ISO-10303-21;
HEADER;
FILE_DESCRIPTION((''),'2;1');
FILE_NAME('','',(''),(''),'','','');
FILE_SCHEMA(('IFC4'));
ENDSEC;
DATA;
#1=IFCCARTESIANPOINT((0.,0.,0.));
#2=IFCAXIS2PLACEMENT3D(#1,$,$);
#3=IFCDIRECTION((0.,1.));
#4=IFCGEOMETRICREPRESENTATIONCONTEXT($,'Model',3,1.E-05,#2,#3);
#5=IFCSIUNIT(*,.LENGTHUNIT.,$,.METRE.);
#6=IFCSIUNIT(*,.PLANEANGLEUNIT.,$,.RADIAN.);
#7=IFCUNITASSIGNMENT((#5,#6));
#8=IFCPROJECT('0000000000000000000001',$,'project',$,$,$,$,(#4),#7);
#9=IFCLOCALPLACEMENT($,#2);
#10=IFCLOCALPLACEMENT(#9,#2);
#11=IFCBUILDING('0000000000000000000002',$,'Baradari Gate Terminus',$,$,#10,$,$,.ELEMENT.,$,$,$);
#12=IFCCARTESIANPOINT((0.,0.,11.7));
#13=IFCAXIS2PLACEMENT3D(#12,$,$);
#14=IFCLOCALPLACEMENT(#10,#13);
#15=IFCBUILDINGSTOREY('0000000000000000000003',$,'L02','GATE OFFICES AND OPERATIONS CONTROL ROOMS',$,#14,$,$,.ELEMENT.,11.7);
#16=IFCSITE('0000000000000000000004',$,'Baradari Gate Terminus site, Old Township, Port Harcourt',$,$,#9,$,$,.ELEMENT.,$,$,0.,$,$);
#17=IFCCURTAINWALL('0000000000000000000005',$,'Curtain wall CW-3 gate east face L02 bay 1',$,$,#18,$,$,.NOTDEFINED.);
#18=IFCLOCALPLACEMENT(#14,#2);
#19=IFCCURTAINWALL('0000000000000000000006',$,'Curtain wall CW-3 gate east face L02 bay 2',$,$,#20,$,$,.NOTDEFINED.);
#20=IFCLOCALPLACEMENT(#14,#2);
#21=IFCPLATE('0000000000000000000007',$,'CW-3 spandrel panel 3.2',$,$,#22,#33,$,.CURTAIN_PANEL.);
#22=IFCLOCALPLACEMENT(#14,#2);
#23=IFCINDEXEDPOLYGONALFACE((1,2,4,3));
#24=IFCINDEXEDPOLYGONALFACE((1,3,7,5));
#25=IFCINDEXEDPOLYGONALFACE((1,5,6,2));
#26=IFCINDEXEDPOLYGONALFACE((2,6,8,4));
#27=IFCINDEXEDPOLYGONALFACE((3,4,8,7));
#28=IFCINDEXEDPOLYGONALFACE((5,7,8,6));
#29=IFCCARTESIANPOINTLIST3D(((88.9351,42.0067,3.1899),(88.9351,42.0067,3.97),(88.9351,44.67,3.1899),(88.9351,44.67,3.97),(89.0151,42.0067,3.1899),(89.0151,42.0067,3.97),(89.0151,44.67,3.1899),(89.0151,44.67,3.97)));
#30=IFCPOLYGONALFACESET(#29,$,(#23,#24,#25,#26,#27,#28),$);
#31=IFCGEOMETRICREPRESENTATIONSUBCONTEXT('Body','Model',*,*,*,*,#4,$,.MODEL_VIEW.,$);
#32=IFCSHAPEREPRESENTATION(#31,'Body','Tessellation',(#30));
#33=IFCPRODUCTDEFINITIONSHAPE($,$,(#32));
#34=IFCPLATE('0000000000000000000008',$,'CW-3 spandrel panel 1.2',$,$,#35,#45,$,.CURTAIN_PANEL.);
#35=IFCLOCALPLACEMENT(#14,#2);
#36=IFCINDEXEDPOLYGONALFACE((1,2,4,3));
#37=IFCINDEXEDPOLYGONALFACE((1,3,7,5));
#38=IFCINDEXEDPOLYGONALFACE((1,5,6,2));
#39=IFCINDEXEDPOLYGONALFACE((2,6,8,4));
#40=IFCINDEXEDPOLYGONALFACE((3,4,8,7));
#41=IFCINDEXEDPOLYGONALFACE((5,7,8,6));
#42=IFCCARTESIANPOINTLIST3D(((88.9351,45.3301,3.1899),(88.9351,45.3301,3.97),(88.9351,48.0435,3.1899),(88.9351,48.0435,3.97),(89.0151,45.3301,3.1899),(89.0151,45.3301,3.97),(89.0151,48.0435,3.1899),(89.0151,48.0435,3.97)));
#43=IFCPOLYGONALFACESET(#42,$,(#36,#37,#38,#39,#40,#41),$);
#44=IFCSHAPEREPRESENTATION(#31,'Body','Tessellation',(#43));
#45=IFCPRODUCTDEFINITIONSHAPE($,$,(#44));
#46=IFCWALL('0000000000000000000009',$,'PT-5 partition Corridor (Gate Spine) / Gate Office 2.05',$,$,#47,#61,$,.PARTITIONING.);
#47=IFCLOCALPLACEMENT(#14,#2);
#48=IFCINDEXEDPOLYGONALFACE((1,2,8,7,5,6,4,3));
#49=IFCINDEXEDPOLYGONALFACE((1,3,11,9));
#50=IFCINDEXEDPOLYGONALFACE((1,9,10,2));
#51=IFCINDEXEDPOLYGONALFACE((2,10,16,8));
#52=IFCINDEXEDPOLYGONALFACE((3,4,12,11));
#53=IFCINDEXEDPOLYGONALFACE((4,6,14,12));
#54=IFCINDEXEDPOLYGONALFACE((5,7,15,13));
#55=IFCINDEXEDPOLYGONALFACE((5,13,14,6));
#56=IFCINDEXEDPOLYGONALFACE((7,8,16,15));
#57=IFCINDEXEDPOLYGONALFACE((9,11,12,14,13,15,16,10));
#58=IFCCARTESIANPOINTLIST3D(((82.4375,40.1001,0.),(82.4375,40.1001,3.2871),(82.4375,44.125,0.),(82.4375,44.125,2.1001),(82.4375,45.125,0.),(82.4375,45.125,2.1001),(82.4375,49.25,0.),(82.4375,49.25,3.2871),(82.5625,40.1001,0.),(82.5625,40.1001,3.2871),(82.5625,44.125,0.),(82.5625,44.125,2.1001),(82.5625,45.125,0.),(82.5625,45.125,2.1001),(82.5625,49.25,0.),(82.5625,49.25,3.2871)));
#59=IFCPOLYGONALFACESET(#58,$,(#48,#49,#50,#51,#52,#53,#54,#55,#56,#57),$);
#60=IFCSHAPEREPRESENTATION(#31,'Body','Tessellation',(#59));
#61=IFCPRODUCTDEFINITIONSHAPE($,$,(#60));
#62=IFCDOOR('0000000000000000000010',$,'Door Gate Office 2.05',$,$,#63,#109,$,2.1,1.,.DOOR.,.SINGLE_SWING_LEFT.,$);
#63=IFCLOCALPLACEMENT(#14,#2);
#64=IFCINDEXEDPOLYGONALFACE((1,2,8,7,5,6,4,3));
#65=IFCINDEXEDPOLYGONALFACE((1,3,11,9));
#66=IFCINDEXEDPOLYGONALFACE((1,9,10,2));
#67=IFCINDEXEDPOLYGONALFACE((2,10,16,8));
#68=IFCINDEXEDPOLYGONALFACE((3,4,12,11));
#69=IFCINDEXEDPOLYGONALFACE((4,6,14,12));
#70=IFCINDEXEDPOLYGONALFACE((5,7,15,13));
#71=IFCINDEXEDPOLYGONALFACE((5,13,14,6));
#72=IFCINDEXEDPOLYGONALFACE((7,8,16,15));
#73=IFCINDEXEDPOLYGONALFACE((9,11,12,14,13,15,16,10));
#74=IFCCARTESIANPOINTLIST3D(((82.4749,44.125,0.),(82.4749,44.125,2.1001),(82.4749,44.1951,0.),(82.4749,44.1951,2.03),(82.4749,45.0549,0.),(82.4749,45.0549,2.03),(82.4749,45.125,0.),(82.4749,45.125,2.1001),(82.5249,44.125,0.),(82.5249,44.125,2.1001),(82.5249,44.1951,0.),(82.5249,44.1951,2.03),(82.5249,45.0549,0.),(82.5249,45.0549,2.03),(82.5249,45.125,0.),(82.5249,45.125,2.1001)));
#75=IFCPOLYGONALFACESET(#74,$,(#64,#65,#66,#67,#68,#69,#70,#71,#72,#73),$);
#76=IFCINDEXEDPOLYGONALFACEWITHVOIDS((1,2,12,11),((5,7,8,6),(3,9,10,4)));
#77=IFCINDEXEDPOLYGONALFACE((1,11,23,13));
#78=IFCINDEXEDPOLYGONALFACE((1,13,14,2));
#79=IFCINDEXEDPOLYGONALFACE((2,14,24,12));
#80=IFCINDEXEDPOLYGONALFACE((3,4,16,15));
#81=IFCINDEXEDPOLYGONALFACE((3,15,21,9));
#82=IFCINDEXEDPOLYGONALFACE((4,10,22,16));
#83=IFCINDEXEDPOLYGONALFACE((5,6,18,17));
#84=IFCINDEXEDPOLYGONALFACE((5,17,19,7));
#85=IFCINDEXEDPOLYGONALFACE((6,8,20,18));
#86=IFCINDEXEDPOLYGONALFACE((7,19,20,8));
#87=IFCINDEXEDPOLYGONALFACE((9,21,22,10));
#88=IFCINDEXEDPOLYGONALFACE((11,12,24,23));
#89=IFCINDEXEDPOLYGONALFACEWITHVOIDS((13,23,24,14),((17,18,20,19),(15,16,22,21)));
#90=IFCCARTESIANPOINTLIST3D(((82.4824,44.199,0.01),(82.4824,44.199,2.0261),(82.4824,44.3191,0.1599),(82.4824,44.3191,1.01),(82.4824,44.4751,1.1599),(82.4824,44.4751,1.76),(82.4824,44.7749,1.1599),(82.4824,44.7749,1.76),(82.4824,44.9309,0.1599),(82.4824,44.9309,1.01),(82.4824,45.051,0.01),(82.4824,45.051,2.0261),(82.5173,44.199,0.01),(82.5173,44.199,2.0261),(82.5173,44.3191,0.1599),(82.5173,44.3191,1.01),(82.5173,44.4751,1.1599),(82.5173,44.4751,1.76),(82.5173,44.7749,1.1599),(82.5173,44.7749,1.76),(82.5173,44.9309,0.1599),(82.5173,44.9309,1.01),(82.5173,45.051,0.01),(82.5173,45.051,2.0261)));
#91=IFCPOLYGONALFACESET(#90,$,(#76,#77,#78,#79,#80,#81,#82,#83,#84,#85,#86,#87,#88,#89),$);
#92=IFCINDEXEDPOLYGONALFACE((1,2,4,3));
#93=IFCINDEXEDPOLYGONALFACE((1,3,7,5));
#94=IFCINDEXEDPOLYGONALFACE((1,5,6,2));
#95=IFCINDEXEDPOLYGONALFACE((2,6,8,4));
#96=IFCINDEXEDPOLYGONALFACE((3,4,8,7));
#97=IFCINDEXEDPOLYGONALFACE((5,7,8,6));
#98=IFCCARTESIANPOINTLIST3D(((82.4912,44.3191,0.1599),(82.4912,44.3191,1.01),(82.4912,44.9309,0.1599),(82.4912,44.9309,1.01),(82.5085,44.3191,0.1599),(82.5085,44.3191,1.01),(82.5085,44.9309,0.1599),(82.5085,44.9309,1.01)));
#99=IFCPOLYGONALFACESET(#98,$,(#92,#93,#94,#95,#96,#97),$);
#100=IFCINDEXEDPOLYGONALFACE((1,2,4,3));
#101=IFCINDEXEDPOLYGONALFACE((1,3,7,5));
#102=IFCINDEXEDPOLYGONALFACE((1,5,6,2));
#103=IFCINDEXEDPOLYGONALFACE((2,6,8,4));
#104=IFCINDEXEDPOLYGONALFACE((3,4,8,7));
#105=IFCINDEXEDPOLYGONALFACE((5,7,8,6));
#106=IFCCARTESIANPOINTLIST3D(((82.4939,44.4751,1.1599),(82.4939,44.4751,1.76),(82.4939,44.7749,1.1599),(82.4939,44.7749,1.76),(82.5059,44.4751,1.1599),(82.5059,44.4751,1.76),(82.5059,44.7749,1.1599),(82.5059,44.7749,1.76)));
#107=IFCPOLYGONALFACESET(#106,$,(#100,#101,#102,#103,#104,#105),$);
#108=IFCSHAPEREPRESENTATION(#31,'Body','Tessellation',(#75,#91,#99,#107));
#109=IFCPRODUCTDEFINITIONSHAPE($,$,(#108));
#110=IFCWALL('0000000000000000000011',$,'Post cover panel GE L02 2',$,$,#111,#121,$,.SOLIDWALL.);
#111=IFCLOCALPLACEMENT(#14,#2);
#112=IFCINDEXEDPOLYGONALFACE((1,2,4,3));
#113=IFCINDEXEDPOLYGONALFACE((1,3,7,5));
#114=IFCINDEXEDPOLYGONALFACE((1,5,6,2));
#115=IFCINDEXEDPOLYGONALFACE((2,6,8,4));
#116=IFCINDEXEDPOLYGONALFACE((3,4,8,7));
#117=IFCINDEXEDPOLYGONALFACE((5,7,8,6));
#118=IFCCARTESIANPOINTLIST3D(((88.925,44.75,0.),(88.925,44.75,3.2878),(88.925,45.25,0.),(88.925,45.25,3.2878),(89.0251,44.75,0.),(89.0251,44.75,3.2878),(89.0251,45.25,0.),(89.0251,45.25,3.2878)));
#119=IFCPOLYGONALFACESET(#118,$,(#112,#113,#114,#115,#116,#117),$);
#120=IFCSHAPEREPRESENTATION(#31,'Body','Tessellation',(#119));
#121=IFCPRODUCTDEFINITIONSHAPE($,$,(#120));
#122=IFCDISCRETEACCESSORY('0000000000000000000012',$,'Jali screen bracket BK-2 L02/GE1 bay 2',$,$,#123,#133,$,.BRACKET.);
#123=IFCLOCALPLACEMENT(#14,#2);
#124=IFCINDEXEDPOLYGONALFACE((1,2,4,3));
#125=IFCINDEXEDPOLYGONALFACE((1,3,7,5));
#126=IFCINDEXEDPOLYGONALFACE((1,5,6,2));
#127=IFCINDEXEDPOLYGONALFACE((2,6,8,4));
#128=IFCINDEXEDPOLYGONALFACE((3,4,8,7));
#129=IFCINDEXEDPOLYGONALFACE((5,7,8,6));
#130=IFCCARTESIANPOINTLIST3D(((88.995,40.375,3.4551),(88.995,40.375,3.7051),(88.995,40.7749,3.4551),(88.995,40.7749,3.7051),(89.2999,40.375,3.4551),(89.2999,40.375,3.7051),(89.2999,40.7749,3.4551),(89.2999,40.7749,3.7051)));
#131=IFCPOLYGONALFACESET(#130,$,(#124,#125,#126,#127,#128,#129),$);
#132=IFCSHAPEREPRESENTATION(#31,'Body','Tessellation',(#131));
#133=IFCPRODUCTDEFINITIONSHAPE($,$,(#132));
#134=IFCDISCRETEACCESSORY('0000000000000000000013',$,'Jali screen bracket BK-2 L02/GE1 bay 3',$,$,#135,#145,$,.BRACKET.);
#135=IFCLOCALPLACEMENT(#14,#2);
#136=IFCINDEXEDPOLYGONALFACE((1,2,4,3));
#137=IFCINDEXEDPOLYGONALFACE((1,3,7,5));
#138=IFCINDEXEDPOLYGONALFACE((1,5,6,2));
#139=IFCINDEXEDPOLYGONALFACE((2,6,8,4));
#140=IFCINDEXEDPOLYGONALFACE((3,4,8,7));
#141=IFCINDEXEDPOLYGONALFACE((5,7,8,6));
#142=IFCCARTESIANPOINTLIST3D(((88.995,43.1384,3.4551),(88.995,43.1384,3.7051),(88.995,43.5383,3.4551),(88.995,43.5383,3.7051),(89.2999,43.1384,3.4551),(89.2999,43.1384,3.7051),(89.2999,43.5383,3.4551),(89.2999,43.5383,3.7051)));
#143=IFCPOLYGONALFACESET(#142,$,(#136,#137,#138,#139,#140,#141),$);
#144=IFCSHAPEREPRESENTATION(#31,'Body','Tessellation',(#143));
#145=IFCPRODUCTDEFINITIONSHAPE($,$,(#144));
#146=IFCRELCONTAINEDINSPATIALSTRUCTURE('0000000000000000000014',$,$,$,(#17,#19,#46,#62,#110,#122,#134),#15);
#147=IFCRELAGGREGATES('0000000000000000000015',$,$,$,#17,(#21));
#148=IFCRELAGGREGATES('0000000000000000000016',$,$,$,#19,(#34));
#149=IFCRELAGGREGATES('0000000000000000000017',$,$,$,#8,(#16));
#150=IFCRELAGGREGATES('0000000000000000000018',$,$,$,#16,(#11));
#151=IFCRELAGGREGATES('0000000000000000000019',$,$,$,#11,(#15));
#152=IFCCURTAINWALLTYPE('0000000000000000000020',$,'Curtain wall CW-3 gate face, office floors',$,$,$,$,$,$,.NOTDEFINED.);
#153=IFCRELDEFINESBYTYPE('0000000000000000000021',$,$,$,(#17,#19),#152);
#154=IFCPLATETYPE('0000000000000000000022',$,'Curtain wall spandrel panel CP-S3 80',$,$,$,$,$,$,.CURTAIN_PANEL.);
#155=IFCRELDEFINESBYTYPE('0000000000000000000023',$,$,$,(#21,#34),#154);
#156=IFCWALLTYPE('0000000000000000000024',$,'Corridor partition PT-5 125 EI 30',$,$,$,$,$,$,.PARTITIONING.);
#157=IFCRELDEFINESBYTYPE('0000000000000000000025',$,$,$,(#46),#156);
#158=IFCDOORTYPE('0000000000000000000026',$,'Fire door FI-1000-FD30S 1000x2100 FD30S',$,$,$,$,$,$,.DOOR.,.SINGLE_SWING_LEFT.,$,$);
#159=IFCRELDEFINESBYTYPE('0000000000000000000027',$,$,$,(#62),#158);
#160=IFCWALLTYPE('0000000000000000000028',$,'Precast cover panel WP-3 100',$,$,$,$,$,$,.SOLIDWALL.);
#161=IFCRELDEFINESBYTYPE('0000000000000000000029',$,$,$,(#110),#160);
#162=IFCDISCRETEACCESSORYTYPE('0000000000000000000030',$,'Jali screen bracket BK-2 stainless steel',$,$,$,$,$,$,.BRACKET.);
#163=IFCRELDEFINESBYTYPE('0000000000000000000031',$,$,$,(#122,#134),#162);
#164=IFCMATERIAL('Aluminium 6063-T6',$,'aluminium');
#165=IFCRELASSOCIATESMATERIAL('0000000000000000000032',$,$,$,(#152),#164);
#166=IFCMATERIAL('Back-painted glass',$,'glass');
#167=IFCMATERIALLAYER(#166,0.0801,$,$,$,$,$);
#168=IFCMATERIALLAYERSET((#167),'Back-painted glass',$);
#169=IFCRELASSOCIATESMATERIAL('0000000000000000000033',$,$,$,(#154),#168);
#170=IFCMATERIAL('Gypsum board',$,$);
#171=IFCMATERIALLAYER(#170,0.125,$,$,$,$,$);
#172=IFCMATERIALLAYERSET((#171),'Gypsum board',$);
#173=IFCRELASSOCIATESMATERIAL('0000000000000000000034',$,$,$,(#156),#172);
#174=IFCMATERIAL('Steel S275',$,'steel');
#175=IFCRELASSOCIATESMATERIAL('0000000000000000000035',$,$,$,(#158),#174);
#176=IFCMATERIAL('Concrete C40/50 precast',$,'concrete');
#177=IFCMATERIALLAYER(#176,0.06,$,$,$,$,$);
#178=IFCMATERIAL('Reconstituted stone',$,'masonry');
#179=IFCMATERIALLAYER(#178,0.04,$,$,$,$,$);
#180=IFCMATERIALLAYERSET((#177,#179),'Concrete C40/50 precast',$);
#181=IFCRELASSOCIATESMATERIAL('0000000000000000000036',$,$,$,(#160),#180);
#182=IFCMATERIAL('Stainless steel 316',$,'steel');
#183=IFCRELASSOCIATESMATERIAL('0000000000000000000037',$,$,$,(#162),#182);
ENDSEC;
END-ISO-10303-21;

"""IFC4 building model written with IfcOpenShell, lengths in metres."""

from ifc_helpers import new_model, si_unit, direction, frame, frame_2d, origin, origin_2d, place, context, subcontext, project, spatial, polyline, rectangle, outline, extrude, material, layer, layer_set, type_object, element, fill, aggregate, save


model = new_model("IFC4")

# Units and contexts
model_context = context("Model", 3, precision=1e-05, world=origin(), true_north=direction((0.0, 1.0)))
body_context = subcontext(model_context, "Body", "Model", "MODEL_VIEW")
ifc_project = project(units=[si_unit("LENGTHUNIT", "METRE"), si_unit("PLANEANGLEUNIT", "RADIAN")], contexts=[model_context])

# Site, building, storey
site_placement = place(None, origin())
site = spatial("IfcSite", under=ifc_project, at=site_placement, Name="Baradari Gate Terminus site, Old Township, Port Harcourt", CompositionType="ELEMENT", RefElevation=0.0)
building_placement = place(site_placement, origin())
building = spatial("IfcBuilding", under=site, at=building_placement, Name="Baradari Gate Terminus", CompositionType="ELEMENT")
storey_placement = place(building_placement, frame((0.0, 0.0, 11.7)))
storey = spatial("IfcBuildingStorey", under=building, at=storey_placement, Name="L02", Description="GATE OFFICES AND OPERATIONS CONTROL ROOMS", CompositionType="ELEMENT", Elevation=11.7)

# Curtain walls
ifc_material_1 = material(Name="Aluminium 6063-T6", Category="aluminium")
curtain_wall_type = type_object("IfcCurtainWallType", Name="Curtain wall CW-3 gate face, office floors", PredefinedType="NOTDEFINED", material=ifc_material_1)
curtain_wall_1_placement = place(storey_placement, origin())
curtain_wall_1 = element("IfcCurtainWall", 1, at=curtain_wall_1_placement, inside=storey, type_object=curtain_wall_type, Name="Curtain wall CW-3 gate east face L02 bay 1", PredefinedType="NOTDEFINED")
curtain_wall_2_placement = place(storey_placement, origin())
curtain_wall_2 = element("IfcCurtainWall", 2, at=curtain_wall_2_placement, inside=storey, type_object=curtain_wall_type, Name="Curtain wall CW-3 gate east face L02 bay 2", PredefinedType="NOTDEFINED")

# Plates
ifc_material_2 = material(Name="Back-painted glass", Category="glass")
ifc_layer_1 = layer(ifc_material_2, 0.0801)
ifc_layer_set_1 = layer_set([ifc_layer_1], Name="Back-painted glass")
plate_type_1 = type_object("IfcPlateType", Name="Curtain wall spandrel panel CP-S3 80", PredefinedType="CURTAIN_PANEL", material=ifc_layer_set_1)
plate_1_placement = place(storey_placement, frame((88.9751, 43.3384, 3.1899), z_axis=(0.0, 0.0, 1.0), x_axis=(0.0, 1.0, 0.0)))
plate_1 = element("IfcPlate", 3, at=plate_1_placement, type_object=plate_type_1, Name="CW-3 spandrel panel 3.2", PredefinedType="CURTAIN_PANEL", context=body_context, shape_type="SweptSolid", body=[
    extrude(rectangle(XDim=2.6633, YDim=0.0801, at=origin_2d()), origin(), (0.0, 0.0, 1.0), 0.78),
])
aggregate(curtain_wall_1, [plate_1])
plate_2_placement = place(storey_placement, frame((88.9751, 46.6868, 3.1899), z_axis=(0.0, 0.0, 1.0), x_axis=(0.0, 1.0, 0.0)))
plate_2 = element("IfcPlate", 4, at=plate_2_placement, type_object=plate_type_1, Name="CW-3 spandrel panel 1.2", PredefinedType="CURTAIN_PANEL", context=body_context, shape_type="SweptSolid", body=[
    extrude(rectangle(XDim=2.7134, YDim=0.0801, at=origin_2d()), origin(), (0.0, 0.0, 1.0), 0.78),
])
aggregate(curtain_wall_2, [plate_2])

# Wall, opening, door
ifc_material_3 = material(Name="Gypsum board")
ifc_layer_2 = layer(ifc_material_3, 0.125)
ifc_layer_set_2 = layer_set([ifc_layer_2], Name="Gypsum board")
wall_type_1 = type_object("IfcWallType", Name="Corridor partition PT-5 125 EI 30", PredefinedType="PARTITIONING", material=ifc_layer_set_2)
wall_1_placement = place(storey_placement, frame((82.5, 49.25, 0.0), z_axis=(0.0, 0.0, 1.0), x_axis=(0.0, -1.0, 0.0)))
wall_1 = element("IfcWall", 5, at=wall_1_placement, inside=storey, type_object=wall_type_1, Name="PT-5 partition Corridor (Gate Spine) / Gate Office 2.05", PredefinedType="PARTITIONING", context=body_context, shape_type="SweptSolid", body=[
    extrude(rectangle(XDim=9.1499, YDim=0.125, at=frame_2d((4.575, 0.0))), origin(), (0.0, 0.0, 1.0), 3.2871),
])
opening_placement = place(wall_1_placement, frame((4.125, 0.0, 0.0)))
opening = element("IfcOpeningElement", 6, at=opening_placement, cuts=wall_1, PredefinedType="OPENING", context=body_context, shape_type="SweptSolid", body=[
    extrude(rectangle(XDim=1.0, YDim=2.1001, at=frame_2d((0.5, 1.05))), frame((0.0, 0.0725, 0.0), z_axis=(0.0, -1.0, 0.0), x_axis=(1.0, 0.0, 0.0)), (0.0, 0.0, 1.0), 0.145),
])
ifc_material_4 = material(Name="Steel S275", Category="steel")
door_type = type_object("IfcDoorType", Name="Fire door FI-1000-FD30S 1000x2100 FD30S", OperationType="SINGLE_SWING_LEFT", PredefinedType="DOOR", material=ifc_material_4)
door_placement = place(opening_placement, origin())
door = element("IfcDoor", 7, at=door_placement, inside=storey, type_object=door_type, Name="Door Gate Office 2.05", OperationType="SINGLE_SWING_LEFT", OverallHeight=2.1, OverallWidth=1.0, PredefinedType="DOOR", context=body_context, shape_type="SweptSolid", body=[
    extrude(outline(polyline([(0.0, 0.0), (0.0701, 0.0), (0.0701, 2.03), (0.9299, 2.03), (0.9299, 0.0), (1.0, 0.0), (1.0, 2.1001), (0.0, 2.1001), (0.0, 0.0)])), frame((0.0, 0.0249, 0.0), z_axis=(0.0, -1.0, 0.0), x_axis=(1.0, 0.0, 0.0)), (0.0, 0.0, 1.0), 0.05),
    extrude(outline(polyline([(0.074, 0.01), (0.926, 0.01), (0.926, 2.0261), (0.074, 2.0261), (0.074, 0.01)]), holes=[polyline([(0.1941, 0.1599), (0.8059, 0.1599), (0.8059, 1.01), (0.1941, 1.01), (0.1941, 0.1599)]), polyline([(0.3501, 1.1599), (0.6499, 1.1599), (0.6499, 1.76), (0.3501, 1.76), (0.3501, 1.1599)])]), frame((0.0, 0.0173, 0.0), z_axis=(0.0, -1.0, 0.0), x_axis=(1.0, 0.0, 0.0)), (0.0, 0.0, 1.0), 0.0349),
    extrude(rectangle(XDim=0.6118, YDim=0.8501, at=frame_2d((0.5, 0.585))), frame((0.0, 0.0085, 0.0), z_axis=(0.0, -1.0, 0.0), x_axis=(1.0, 0.0, 0.0)), (0.0, 0.0, 1.0), 0.0173),
    extrude(rectangle(XDim=0.2998, YDim=0.6001, at=frame_2d((0.5, 1.46))), frame((0.0, 0.0059, 0.0), z_axis=(0.0, -1.0, 0.0), x_axis=(1.0, 0.0, 0.0)), (0.0, 0.0, 1.0), 0.012),
])
fill(opening, door)

# Wall
ifc_material_5 = material(Name="Concrete C40/50 precast", Category="concrete")
ifc_layer_3 = layer(ifc_material_5, 0.06)
ifc_material_6 = material(Name="Reconstituted stone", Category="masonry")
ifc_layer_4 = layer(ifc_material_6, 0.04)
ifc_layer_set_3 = layer_set([ifc_layer_3, ifc_layer_4], Name="Concrete C40/50 precast")
wall_type_2 = type_object("IfcWallType", Name="Precast cover panel WP-3 100", PredefinedType="SOLIDWALL", material=ifc_layer_set_3)
wall_2_placement = place(storey_placement, frame((88.9751, 44.75, 0.0), z_axis=(0.0, 0.0, 1.0), x_axis=(0.0, 1.0, 0.0)))
element("IfcWall", 8, at=wall_2_placement, inside=storey, type_object=wall_type_2, Name="Post cover panel GE L02 2", PredefinedType="SOLIDWALL", context=body_context, shape_type="SweptSolid", body=[
    extrude(rectangle(XDim=0.5, YDim=0.1001, at=frame_2d((0.25, 0.0))), origin(), (0.0, 0.0, 1.0), 3.2878),
])

# Discrete accessories
ifc_material_7 = material(Name="Stainless steel 316", Category="steel")
discrete_accessory_type = type_object("IfcDiscreteAccessoryType", Name="Jali screen bracket BK-2 stainless steel", PredefinedType="BRACKET", material=ifc_material_7)
for number, where, z_axis, x_axis, name in (
    (9, (89.1475, 40.575, 3.4551), (0.0, 0.0, 1.0), (1.0, 0.0, 0.0), "Jali screen bracket BK-2 L02/GE1 bay 2"),
    (10, (89.1475, 43.3384, 3.4551), (0.0, 0.0, 1.0), (1.0, 0.0, 0.0), "Jali screen bracket BK-2 L02/GE1 bay 3"),
):
    element("IfcDiscreteAccessory", number, at=place(storey_placement, frame(where, z_axis=z_axis, x_axis=x_axis)), inside=storey, type_object=discrete_accessory_type, Name=name, PredefinedType="BRACKET", context=body_context, shape_type="SweptSolid", body=[
        extrude(rectangle(XDim=0.3049, YDim=0.3999, at=origin_2d()), origin(), (0.0, 0.0, 1.0), 0.25),
    ])

save(model, "model.ifc")
